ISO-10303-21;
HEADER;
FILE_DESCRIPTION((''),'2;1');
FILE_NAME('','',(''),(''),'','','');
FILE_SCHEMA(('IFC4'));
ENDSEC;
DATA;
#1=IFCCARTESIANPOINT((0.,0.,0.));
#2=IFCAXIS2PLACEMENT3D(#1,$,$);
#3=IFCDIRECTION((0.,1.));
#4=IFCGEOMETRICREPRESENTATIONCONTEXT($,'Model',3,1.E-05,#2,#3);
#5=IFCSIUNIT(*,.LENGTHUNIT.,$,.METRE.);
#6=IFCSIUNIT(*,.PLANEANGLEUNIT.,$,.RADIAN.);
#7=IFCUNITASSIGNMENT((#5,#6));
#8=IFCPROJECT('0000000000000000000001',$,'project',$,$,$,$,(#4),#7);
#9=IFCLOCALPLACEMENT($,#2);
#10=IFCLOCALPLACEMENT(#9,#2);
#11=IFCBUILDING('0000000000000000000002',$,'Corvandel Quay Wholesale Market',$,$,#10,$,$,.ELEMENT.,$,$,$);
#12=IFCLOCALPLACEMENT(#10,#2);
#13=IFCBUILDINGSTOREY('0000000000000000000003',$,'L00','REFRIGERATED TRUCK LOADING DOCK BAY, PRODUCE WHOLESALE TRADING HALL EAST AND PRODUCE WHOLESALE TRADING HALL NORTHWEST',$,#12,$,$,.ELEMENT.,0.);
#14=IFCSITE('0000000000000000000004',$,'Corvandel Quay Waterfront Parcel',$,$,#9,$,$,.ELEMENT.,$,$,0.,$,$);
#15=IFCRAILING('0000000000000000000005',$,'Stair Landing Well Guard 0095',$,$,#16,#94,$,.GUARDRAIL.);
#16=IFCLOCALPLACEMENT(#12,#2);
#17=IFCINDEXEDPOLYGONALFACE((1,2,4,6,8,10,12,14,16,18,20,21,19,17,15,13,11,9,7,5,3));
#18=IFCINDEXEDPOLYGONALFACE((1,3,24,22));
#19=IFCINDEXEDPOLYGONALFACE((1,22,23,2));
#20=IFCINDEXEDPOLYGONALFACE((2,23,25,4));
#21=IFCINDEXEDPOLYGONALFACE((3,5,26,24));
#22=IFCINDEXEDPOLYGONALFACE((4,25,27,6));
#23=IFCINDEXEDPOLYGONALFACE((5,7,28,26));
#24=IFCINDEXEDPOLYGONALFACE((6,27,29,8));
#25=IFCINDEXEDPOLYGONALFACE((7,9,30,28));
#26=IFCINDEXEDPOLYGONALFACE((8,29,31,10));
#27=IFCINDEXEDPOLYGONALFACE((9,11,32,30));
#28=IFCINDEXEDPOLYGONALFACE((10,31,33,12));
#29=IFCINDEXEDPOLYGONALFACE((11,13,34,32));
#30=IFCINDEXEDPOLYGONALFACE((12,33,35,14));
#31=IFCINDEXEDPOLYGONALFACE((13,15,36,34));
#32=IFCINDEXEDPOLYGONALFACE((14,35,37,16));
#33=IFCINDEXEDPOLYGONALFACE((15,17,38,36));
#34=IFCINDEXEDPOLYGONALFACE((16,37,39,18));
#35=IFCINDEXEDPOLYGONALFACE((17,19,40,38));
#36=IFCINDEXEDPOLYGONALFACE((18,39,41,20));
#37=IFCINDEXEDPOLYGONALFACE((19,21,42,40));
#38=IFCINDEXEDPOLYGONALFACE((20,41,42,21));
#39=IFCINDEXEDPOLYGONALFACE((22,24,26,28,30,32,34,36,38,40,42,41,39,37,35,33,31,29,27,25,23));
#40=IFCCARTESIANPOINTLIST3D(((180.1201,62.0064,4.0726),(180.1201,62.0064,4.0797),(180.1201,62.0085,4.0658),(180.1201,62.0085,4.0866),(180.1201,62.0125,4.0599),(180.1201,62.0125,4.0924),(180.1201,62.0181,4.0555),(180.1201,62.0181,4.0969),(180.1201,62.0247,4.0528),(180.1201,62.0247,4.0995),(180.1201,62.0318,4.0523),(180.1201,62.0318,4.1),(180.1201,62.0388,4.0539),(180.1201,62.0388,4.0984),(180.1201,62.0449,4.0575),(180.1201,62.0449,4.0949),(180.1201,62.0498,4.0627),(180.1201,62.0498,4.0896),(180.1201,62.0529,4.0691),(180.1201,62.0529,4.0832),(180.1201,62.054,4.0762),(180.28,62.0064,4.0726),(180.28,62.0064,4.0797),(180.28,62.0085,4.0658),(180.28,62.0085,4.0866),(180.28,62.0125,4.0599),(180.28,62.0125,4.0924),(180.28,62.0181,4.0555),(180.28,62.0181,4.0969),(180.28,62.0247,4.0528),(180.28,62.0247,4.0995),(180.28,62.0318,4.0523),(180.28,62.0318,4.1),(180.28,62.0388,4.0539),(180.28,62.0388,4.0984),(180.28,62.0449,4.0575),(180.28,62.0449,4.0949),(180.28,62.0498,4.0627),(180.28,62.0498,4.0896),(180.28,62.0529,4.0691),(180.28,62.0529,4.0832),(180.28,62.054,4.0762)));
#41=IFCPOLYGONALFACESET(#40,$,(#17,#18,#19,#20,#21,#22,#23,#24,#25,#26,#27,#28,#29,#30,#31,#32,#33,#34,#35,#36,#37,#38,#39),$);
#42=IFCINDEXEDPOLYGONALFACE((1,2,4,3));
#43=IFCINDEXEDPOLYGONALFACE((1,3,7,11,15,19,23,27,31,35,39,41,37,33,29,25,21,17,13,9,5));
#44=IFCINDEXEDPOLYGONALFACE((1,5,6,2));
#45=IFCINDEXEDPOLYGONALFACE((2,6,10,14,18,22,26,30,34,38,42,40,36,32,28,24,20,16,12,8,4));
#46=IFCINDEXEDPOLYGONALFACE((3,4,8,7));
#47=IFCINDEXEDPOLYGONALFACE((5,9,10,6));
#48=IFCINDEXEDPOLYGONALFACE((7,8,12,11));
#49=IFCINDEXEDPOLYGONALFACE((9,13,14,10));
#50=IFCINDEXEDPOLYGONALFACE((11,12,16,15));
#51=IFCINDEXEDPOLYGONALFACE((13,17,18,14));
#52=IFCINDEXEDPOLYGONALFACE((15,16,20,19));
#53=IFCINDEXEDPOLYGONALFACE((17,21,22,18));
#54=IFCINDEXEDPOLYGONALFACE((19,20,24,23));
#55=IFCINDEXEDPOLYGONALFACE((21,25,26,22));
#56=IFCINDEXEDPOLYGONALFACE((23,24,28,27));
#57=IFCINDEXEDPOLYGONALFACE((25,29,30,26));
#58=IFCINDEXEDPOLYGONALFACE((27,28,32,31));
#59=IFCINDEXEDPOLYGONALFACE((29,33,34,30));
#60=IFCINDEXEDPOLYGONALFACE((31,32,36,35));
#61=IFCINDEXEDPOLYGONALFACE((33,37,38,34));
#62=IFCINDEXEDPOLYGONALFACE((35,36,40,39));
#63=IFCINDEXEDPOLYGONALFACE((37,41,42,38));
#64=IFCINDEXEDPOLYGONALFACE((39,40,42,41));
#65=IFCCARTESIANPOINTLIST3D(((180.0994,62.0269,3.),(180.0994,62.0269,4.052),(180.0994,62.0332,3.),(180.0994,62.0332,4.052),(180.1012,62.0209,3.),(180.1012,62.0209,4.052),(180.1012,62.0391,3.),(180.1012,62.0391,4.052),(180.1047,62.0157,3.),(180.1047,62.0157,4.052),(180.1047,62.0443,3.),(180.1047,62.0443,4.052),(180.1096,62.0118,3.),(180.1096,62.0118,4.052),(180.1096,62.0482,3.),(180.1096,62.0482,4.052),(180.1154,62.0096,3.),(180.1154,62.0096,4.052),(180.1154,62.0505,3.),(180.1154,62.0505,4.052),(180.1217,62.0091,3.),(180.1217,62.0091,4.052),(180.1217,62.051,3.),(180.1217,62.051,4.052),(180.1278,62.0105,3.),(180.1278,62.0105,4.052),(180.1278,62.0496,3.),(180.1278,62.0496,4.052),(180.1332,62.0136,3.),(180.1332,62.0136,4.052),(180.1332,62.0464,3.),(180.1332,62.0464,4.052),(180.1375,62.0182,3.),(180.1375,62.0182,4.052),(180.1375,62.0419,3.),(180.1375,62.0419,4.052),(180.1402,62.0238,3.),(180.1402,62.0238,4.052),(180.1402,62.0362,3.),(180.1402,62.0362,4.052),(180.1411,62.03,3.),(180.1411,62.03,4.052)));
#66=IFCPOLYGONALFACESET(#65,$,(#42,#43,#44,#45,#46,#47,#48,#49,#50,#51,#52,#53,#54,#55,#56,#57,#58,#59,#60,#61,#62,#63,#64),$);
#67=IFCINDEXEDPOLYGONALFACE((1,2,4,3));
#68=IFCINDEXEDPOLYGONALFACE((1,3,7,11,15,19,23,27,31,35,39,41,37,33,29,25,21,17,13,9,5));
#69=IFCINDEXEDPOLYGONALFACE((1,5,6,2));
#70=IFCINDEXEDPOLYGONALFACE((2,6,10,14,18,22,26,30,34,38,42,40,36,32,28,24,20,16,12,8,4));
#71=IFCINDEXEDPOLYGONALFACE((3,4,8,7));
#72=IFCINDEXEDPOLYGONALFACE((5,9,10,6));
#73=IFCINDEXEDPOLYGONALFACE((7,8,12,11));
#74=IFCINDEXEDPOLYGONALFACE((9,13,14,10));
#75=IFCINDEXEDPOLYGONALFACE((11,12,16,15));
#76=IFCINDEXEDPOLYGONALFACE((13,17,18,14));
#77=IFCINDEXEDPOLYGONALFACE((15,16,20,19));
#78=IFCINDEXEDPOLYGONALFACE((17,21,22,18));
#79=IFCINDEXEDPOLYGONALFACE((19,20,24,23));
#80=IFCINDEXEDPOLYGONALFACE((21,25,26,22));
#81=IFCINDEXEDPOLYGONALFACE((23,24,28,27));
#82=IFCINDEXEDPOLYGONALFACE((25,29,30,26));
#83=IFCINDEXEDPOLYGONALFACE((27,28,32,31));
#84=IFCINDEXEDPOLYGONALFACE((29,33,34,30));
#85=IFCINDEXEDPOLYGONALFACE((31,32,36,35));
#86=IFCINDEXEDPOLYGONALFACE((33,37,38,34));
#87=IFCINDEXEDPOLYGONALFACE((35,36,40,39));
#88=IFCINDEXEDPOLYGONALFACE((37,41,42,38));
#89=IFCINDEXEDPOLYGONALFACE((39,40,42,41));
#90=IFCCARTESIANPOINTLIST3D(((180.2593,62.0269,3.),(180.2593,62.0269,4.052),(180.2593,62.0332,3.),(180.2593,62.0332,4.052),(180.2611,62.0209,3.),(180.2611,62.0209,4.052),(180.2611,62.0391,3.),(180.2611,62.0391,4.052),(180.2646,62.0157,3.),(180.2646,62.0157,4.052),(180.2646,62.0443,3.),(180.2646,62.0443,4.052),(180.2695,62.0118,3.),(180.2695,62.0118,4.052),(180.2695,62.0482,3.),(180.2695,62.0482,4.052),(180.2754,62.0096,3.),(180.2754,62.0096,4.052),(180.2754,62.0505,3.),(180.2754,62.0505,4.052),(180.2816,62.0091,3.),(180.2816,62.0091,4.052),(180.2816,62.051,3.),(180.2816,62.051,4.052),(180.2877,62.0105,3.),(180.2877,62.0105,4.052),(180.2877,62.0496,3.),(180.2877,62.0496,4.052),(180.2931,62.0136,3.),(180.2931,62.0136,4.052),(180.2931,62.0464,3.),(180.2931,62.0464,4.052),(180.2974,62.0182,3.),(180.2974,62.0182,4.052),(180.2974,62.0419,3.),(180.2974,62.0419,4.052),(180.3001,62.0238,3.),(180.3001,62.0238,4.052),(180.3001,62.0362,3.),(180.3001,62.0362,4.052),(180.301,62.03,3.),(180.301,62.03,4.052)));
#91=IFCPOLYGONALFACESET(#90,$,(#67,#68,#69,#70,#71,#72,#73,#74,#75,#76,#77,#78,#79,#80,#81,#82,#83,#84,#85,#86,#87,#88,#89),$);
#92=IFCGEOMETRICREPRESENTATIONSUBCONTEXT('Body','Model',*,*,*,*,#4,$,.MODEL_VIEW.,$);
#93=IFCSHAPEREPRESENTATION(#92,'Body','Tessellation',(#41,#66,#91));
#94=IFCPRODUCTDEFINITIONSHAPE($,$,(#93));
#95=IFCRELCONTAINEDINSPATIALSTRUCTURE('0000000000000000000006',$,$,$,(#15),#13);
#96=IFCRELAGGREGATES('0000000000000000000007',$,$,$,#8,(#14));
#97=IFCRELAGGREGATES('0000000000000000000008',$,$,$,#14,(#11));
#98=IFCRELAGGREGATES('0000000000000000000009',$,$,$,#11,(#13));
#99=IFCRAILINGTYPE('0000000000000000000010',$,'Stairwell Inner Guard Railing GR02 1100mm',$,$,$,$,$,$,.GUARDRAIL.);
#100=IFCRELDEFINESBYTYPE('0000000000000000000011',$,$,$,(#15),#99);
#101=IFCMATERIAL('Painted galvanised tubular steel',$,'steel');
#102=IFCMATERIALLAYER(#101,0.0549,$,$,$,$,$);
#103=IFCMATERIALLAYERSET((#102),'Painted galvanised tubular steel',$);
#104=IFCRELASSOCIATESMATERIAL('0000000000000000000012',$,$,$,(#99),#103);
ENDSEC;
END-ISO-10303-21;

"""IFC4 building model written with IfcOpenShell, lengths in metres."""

from ifc_helpers import new_model, si_unit, direction, frame, origin, origin_2d, place, context, subcontext, project, spatial, circle, extrude, material, layer, layer_set, type_object, element, save


model = new_model("IFC4")

# Units and contexts
model_context = context("Model", 3, precision=1e-05, world=origin(), true_north=direction((0.0, 1.0)))
body_context = subcontext(model_context, "Body", "Model", "MODEL_VIEW")
ifc_project = project(units=[si_unit("LENGTHUNIT", "METRE"), si_unit("PLANEANGLEUNIT", "RADIAN")], contexts=[model_context])

# Site, building, storey
site_placement = place(None, origin())
site = spatial("IfcSite", under=ifc_project, at=site_placement, Name="Corvandel Quay Waterfront Parcel", CompositionType="ELEMENT", RefElevation=0.0)
building_placement = place(site_placement, origin())
building = spatial("IfcBuilding", under=site, at=building_placement, Name="Corvandel Quay Wholesale Market", CompositionType="ELEMENT")
storey_placement = place(building_placement, origin())
storey = spatial("IfcBuildingStorey", under=building, at=storey_placement, Name="L00", Description="REFRIGERATED TRUCK LOADING DOCK BAY, PRODUCE WHOLESALE TRADING HALL EAST AND PRODUCE WHOLESALE TRADING HALL NORTHWEST", CompositionType="ELEMENT", Elevation=0.0)

# Railing
ifc_material_1 = material(Name="Painted galvanised tubular steel", Category="steel")
ifc_layer_1 = layer(ifc_material_1, 0.0549)
ifc_layer_set_1 = layer_set([ifc_layer_1], Name="Painted galvanised tubular steel")
railing_type_1 = type_object("IfcRailingType", Name="Stairwell Inner Guard Railing GR02 1100mm", PredefinedType="GUARDRAIL", material=ifc_layer_set_1)
railing_placement = place(storey_placement, frame((180.1201, 62.03, 3.0)))
element("IfcRailing", 1, at=railing_placement, inside=storey, type_object=railing_type_1, Name="Stair Landing Well Guard 0095", PredefinedType="GUARDRAIL", context=body_context, shape_type="SweptSolid", body=[
    extrude(circle(Radius=0.0239, at=origin_2d()), frame((0.0, 0.0, 1.0762), z_axis=(1.0, 0.0, 0.0), x_axis=(0.0, 1.0, 0.0)), (0.0, 0.0, 1.0), 0.1599),
    extrude(circle(Radius=0.021, at=origin_2d()), origin(), (0.0, 0.0, 1.0), 1.052),
    extrude(circle(Radius=0.021, at=origin_2d()), frame((0.1599, 0.0, 0.0)), (0.0, 0.0, 1.0), 1.052),
])

save(model, "model.ifc")
